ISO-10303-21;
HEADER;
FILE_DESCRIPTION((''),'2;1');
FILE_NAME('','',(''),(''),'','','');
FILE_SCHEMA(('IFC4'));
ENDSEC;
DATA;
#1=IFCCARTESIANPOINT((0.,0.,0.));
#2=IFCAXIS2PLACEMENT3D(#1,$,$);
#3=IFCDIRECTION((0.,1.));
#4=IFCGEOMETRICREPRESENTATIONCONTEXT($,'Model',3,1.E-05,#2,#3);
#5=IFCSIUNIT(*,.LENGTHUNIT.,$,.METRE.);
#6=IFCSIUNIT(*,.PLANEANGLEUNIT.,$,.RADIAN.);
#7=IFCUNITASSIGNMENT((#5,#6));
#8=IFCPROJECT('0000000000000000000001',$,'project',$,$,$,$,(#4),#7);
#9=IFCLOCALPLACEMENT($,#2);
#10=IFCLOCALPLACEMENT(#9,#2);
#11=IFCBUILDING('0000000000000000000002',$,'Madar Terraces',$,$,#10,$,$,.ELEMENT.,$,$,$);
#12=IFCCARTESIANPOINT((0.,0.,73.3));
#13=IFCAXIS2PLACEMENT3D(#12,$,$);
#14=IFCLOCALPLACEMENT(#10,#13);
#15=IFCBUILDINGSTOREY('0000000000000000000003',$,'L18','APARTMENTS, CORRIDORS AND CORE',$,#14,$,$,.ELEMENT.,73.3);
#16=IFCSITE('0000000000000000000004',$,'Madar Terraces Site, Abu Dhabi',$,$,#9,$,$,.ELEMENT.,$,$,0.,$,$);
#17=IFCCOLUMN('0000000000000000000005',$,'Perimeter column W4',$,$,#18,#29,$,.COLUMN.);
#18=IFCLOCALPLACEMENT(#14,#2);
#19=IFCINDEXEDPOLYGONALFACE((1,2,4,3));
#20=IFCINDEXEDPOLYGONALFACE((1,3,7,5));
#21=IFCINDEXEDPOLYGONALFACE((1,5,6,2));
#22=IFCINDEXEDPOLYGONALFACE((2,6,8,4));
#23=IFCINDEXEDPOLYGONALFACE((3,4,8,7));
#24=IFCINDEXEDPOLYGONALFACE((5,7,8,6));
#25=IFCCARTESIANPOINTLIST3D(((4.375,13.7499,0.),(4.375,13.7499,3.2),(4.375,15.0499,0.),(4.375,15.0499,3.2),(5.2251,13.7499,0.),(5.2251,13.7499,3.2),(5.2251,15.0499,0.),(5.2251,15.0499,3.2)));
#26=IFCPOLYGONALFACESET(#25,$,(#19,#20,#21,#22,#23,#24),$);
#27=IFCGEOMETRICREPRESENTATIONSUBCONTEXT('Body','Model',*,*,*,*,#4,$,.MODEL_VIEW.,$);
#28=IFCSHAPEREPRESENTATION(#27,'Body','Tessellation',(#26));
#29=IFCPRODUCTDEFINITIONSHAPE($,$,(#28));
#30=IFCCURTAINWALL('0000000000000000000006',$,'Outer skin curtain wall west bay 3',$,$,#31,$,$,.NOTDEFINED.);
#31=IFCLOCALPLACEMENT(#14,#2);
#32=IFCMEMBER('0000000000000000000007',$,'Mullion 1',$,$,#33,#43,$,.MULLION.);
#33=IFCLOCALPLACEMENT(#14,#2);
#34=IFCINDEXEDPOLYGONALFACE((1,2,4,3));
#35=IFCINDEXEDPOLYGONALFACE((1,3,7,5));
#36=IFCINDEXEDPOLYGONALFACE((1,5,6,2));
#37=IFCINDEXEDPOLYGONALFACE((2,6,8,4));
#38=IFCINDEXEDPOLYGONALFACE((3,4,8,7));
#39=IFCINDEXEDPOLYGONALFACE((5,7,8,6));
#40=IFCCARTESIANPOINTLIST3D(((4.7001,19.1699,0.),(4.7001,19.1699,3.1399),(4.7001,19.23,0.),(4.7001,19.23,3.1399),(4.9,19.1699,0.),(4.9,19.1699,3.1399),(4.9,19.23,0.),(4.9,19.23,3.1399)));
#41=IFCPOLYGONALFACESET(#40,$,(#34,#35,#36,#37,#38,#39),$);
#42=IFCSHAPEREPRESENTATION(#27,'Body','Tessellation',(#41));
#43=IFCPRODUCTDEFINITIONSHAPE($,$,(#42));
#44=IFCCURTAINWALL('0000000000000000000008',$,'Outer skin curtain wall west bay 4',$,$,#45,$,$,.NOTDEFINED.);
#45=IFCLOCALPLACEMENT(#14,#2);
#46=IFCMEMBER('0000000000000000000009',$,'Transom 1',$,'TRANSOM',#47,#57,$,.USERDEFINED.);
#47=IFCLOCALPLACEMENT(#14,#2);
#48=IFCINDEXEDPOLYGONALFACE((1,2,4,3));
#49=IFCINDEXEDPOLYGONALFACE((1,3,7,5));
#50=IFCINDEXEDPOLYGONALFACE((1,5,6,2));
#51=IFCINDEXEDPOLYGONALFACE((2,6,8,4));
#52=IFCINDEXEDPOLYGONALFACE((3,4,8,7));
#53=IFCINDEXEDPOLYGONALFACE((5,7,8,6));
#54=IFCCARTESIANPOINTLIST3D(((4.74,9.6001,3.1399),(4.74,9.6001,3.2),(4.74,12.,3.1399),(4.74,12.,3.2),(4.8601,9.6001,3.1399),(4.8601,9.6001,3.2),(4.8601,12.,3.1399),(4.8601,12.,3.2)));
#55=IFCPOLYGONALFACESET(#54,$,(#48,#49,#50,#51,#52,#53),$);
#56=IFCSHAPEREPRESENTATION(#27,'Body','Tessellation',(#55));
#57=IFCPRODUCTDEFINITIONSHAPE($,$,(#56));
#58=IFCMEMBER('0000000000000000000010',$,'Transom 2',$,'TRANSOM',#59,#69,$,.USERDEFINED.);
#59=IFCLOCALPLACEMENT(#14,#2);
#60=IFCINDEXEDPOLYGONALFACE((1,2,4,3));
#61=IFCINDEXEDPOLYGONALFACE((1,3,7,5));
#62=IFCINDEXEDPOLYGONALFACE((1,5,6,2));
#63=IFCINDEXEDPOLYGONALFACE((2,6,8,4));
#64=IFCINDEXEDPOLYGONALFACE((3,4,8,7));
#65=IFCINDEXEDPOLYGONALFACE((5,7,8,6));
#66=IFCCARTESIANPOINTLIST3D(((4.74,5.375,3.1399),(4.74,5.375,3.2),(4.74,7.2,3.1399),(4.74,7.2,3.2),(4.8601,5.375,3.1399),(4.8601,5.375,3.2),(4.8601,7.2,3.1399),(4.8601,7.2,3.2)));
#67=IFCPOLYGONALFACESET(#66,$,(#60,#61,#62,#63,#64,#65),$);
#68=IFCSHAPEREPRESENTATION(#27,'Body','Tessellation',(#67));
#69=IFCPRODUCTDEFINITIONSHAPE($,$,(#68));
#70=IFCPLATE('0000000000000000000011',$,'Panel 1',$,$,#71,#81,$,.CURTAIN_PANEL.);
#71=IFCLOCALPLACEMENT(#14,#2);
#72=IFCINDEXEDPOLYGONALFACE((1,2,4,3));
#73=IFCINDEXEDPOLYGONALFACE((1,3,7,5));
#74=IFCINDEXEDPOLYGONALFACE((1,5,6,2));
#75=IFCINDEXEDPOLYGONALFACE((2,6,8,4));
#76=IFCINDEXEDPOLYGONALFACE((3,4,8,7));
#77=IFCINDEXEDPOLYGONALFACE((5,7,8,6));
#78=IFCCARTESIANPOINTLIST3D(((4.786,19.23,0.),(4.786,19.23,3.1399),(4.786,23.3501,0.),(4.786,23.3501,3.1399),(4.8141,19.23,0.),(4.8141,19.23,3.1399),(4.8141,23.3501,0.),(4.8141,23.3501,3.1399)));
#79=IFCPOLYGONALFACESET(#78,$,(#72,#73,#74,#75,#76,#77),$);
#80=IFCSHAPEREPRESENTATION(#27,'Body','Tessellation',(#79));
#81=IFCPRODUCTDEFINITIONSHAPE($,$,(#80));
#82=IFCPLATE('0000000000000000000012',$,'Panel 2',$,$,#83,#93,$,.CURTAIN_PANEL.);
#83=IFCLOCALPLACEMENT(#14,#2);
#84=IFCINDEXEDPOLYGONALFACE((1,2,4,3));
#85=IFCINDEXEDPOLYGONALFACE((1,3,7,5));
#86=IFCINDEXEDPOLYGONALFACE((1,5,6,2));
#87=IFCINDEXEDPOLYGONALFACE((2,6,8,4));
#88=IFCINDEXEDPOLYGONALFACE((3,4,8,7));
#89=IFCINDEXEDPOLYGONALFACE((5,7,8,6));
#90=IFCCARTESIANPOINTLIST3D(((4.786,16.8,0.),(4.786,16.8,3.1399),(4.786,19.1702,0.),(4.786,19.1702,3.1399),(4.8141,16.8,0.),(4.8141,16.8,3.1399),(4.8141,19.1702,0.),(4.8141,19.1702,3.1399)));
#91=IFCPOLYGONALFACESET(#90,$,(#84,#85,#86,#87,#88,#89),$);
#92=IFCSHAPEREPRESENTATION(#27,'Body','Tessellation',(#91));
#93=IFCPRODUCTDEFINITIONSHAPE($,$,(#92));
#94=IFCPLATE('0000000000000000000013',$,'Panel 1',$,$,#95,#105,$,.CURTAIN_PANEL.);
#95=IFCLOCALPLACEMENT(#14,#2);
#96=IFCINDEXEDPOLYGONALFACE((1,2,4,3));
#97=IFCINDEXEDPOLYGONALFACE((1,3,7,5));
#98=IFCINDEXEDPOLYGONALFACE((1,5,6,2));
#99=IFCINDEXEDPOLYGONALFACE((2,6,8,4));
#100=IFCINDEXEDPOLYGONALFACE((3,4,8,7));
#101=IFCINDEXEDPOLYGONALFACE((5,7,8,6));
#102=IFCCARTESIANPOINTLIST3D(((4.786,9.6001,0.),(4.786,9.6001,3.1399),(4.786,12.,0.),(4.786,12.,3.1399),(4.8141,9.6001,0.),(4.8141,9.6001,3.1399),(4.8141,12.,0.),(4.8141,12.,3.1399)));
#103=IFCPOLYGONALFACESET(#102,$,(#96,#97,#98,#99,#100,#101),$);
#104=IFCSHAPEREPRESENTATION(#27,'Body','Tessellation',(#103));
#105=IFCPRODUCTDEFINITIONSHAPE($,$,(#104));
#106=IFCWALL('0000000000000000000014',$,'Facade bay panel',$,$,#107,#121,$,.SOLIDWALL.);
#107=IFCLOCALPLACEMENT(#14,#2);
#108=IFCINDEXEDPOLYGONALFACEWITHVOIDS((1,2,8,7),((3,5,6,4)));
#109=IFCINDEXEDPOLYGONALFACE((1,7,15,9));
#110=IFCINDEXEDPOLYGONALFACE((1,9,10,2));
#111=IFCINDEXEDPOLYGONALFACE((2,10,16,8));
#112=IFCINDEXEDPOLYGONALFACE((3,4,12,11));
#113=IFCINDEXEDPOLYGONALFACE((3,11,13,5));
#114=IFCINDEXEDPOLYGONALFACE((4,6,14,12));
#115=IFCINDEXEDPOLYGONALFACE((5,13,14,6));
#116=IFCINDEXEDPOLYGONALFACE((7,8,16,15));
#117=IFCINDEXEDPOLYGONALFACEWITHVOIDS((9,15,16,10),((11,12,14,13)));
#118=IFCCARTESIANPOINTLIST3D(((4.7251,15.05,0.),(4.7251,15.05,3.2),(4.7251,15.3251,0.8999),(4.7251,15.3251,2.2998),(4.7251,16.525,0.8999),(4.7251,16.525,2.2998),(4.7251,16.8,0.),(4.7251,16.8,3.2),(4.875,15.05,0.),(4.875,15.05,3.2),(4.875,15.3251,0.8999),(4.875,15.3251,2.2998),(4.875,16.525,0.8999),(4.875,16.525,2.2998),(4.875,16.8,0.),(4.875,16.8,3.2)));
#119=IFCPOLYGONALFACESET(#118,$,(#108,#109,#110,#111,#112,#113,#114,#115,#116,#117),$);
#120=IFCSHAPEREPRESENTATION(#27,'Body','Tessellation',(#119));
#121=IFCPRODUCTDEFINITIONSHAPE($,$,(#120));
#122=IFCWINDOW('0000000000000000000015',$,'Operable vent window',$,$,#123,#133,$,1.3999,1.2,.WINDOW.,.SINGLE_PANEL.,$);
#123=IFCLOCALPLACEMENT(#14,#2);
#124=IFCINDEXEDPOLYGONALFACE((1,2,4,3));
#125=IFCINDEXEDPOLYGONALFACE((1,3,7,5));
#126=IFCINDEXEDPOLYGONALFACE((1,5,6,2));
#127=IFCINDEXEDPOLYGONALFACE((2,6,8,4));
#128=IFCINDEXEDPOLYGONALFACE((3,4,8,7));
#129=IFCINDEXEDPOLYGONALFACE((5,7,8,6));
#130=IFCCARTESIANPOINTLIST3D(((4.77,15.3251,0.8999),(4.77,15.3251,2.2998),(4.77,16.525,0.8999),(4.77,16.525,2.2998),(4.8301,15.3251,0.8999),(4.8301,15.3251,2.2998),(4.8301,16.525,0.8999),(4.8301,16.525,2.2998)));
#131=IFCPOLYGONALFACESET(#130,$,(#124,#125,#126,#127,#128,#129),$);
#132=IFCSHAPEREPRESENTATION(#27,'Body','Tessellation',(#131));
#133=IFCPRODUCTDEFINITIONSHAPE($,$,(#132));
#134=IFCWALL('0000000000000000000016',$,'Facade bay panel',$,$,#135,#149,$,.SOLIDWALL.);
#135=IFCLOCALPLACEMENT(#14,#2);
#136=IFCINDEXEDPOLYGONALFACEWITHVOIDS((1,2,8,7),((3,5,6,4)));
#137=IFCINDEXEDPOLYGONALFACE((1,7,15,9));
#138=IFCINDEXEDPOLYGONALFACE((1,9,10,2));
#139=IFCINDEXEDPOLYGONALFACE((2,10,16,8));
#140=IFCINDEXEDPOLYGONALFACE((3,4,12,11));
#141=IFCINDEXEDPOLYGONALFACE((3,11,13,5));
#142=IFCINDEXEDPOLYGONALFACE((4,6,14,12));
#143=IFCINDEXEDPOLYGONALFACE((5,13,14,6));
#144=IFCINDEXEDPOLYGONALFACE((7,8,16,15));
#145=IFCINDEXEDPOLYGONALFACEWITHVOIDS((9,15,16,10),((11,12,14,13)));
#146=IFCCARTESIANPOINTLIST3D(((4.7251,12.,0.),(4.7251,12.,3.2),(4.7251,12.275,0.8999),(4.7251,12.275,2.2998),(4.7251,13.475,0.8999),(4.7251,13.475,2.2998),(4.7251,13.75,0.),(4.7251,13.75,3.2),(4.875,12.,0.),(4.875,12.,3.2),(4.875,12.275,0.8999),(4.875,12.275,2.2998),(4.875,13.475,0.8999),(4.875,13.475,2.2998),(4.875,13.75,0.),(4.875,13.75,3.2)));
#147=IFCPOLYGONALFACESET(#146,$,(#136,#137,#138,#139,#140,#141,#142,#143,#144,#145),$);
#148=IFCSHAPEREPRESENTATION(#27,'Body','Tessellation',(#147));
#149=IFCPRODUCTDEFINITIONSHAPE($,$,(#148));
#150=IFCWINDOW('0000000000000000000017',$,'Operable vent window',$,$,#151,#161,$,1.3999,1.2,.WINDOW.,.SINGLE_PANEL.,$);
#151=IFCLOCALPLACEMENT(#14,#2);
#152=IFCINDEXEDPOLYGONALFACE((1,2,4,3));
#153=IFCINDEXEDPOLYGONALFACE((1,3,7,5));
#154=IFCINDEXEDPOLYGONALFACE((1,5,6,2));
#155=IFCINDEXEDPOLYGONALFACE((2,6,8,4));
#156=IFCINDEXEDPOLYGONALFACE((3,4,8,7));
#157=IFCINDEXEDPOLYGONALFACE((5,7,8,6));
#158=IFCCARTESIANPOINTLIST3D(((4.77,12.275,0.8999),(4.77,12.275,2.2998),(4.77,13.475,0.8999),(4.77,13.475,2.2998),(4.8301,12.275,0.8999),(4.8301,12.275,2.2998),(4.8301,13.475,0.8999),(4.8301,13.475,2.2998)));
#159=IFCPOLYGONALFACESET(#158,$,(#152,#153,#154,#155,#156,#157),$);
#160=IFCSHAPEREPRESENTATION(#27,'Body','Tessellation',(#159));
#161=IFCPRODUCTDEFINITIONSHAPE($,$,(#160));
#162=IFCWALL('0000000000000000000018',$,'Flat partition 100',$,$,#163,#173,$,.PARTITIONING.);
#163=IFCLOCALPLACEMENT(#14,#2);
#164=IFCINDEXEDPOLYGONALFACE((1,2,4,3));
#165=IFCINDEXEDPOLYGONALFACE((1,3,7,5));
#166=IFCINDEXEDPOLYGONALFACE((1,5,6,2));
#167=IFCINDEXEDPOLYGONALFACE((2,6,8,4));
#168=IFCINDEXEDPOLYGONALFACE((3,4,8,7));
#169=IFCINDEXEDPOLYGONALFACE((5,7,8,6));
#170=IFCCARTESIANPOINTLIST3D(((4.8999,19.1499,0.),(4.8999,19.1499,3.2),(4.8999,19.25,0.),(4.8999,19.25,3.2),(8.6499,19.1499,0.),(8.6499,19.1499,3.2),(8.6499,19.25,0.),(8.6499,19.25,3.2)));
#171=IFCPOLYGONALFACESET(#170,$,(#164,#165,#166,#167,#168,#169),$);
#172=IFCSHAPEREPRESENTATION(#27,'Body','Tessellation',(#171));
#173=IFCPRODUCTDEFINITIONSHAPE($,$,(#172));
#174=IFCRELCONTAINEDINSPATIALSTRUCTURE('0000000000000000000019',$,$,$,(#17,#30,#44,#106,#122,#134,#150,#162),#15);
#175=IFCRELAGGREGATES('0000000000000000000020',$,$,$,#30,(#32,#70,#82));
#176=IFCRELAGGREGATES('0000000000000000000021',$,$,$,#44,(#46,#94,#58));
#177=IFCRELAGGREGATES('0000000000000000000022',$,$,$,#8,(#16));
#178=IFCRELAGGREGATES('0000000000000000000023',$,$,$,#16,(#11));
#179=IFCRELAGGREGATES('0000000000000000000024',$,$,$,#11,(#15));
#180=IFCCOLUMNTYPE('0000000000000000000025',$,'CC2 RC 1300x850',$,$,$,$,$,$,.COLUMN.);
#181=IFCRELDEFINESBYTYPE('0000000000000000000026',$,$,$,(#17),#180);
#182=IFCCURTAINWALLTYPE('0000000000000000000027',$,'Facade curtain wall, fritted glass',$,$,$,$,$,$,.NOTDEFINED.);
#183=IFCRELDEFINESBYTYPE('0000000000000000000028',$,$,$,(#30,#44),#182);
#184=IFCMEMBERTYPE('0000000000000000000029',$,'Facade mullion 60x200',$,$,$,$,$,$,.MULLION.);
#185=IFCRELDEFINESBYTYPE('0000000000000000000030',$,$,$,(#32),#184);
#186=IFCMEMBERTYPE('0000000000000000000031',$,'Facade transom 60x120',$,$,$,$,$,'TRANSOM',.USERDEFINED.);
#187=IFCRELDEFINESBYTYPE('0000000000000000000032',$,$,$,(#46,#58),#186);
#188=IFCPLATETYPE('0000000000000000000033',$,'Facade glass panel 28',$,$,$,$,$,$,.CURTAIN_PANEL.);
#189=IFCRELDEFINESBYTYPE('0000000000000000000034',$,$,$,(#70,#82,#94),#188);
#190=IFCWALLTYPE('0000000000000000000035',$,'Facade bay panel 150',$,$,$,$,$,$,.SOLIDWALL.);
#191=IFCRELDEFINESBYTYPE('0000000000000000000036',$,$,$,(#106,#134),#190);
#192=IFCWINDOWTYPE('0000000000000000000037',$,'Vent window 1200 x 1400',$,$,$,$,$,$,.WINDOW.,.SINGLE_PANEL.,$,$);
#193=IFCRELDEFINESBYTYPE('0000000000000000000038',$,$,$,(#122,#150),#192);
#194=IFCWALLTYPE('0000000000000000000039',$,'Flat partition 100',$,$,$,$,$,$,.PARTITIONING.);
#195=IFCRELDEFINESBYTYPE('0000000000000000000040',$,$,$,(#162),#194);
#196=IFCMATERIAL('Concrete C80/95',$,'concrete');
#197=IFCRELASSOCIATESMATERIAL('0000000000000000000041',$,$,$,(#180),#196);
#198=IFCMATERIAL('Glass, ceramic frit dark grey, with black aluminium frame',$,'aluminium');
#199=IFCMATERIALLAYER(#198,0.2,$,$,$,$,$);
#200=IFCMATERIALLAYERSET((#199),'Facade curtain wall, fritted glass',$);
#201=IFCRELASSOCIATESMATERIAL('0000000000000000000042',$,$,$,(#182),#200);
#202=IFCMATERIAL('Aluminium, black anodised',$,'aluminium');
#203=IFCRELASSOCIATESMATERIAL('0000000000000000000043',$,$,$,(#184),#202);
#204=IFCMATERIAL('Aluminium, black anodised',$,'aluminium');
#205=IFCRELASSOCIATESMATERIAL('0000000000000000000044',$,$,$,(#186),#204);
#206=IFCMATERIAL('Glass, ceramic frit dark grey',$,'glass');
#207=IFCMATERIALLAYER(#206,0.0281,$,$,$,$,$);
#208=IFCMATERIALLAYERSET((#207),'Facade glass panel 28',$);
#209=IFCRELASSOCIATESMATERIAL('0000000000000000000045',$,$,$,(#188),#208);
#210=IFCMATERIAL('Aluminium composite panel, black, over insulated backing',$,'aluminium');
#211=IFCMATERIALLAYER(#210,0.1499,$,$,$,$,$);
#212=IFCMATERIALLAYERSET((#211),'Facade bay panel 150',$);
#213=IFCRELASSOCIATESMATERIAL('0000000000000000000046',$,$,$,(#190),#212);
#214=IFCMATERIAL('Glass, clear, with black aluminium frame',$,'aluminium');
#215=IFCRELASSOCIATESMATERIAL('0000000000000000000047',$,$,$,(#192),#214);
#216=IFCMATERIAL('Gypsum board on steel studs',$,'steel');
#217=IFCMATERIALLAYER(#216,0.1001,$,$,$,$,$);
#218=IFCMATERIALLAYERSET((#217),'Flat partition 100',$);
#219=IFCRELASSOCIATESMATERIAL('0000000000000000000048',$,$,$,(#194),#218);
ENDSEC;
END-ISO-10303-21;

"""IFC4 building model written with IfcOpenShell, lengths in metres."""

from ifc_helpers import new_model, si_unit, direction, frame, frame_2d, origin, origin_2d, place, context, subcontext, project, spatial, rectangle, extrude, material, layer, layer_set, material_profile, profile_set, type_object, element, fill, aggregate, save


model = new_model("IFC4")

# Units and contexts
model_context = context("Model", 3, precision=1e-05, world=origin(), true_north=direction((0.0, 1.0)))
body_context = subcontext(model_context, "Body", "Model", "MODEL_VIEW")
ifc_project = project(units=[si_unit("LENGTHUNIT", "METRE"), si_unit("PLANEANGLEUNIT", "RADIAN")], contexts=[model_context])

# Site, building, storey
site_placement = place(None, origin())
site = spatial("IfcSite", under=ifc_project, at=site_placement, Name="Madar Terraces Site, Abu Dhabi", CompositionType="ELEMENT", RefElevation=0.0)
building_placement = place(site_placement, origin())
building = spatial("IfcBuilding", under=site, at=building_placement, Name="Madar Terraces", CompositionType="ELEMENT")
storey_placement = place(building_placement, frame((0.0, 0.0, 73.3)))
storey = spatial("IfcBuildingStorey", under=building, at=storey_placement, Name="L18", Description="APARTMENTS, CORRIDORS AND CORE", CompositionType="ELEMENT", Elevation=73.3)

# Column
ifc_material_1 = material(Name="Concrete C80/95", Category="concrete")
ifc_material_profile_1 = material_profile(ifc_material_1, rectangle(XDim=1.3, YDim=0.8501, at=origin_2d()), Name="CC2 RC 1300x850")
ifc_profile_set_1 = profile_set([ifc_material_profile_1], Name="Concrete C80/95")
column_type = type_object("IfcColumnType", Name="CC2 RC 1300x850", PredefinedType="COLUMN", material=ifc_profile_set_1)
column_placement = place(storey_placement, frame((4.8, 14.3999, 0.0), z_axis=(0.0, 0.0, 1.0), x_axis=(0.0, 1.0, 0.0)))
element("IfcColumn", 1, at=column_placement, inside=storey, type_object=column_type, Name="Perimeter column W4", PredefinedType="COLUMN", context=body_context, shape_type="SweptSolid", body=[
    extrude(rectangle(XDim=1.3, YDim=0.8501, at=origin_2d()), origin(), (0.0, 0.0, 1.0), 3.2),
])

# Curtain wall, member
ifc_material_2 = material(Name="Glass, ceramic frit dark grey, with black aluminium frame", Category="aluminium")
ifc_layer_1 = layer(ifc_material_2, 0.2)
ifc_layer_set_1 = layer_set([ifc_layer_1], Name="Facade curtain wall, fritted glass")
curtain_wall_type = type_object("IfcCurtainWallType", Name="Facade curtain wall, fritted glass", PredefinedType="NOTDEFINED", material=ifc_layer_set_1)
curtain_wall_1_placement = place(storey_placement, origin())
curtain_wall_1 = element("IfcCurtainWall", 2, at=curtain_wall_1_placement, inside=storey, type_object=curtain_wall_type, Name="Outer skin curtain wall west bay 3", PredefinedType="NOTDEFINED")
ifc_material_3 = material(Name="Aluminium, black anodised", Category="aluminium")
ifc_material_profile_2 = material_profile(ifc_material_3, rectangle(XDim=0.2, YDim=0.0601, at=origin_2d()), Name="Facade mullion 60x200")
ifc_profile_set_2 = profile_set([ifc_material_profile_2], Name="Aluminium, black anodised")
member_type_1 = type_object("IfcMemberType", Name="Facade mullion 60x200", PredefinedType="MULLION", material=ifc_profile_set_2)
member_1_placement = place(storey_placement, frame((4.8, 19.2, 0.0), z_axis=(0.0, 0.0, 1.0), x_axis=(1.0, 0.0, 0.0)))
member_1 = element("IfcMember", 3, at=member_1_placement, type_object=member_type_1, Name="Mullion 1", PredefinedType="MULLION", context=body_context, shape_type="SweptSolid", body=[
    extrude(rectangle(XDim=0.2, YDim=0.0601, at=origin_2d()), origin(), (0.0, 0.0, 1.0), 3.1399),
])

# Curtain wall, members
curtain_wall_2_placement = place(storey_placement, origin())
curtain_wall_2 = element("IfcCurtainWall", 4, at=curtain_wall_2_placement, inside=storey, type_object=curtain_wall_type, Name="Outer skin curtain wall west bay 4", PredefinedType="NOTDEFINED")
ifc_material_4 = material(Name="Aluminium, black anodised", Category="aluminium")
ifc_material_profile_3 = material_profile(ifc_material_4, rectangle(XDim=0.1201, YDim=0.0601, at=origin_2d()), Name="Facade transom 60x120")
ifc_profile_set_3 = profile_set([ifc_material_profile_3], Name="Aluminium, black anodised")
member_type_2 = type_object("IfcMemberType", Name="Facade transom 60x120", ElementType="TRANSOM", PredefinedType="USERDEFINED", material=ifc_profile_set_3)
member_2_placement = place(storey_placement, frame((4.8, 12.0, 3.1699), z_axis=(0.0, -1.0, 0.0), x_axis=(1.0, 0.0, 0.0)))
member_2 = element("IfcMember", 5, at=member_2_placement, type_object=member_type_2, Name="Transom 1", ObjectType="TRANSOM", PredefinedType="USERDEFINED", context=body_context, shape_type="SweptSolid", body=[
    extrude(rectangle(XDim=0.1201, YDim=0.0601, at=origin_2d()), origin(), (0.0, 0.0, 1.0), 2.3999),
])
member_3_placement = place(storey_placement, frame((4.8, 7.2, 3.1699), z_axis=(0.0, -1.0, 0.0), x_axis=(1.0, 0.0, 0.0)))
member_3 = element("IfcMember", 6, at=member_3_placement, type_object=member_type_2, Name="Transom 2", ObjectType="TRANSOM", PredefinedType="USERDEFINED", context=body_context, shape_type="SweptSolid", body=[
    extrude(rectangle(XDim=0.1201, YDim=0.0601, at=origin_2d()), origin(), (0.0, 0.0, 1.0), 1.825),
])

# Plates
ifc_material_5 = material(Name="Glass, ceramic frit dark grey", Category="glass")
ifc_layer_2 = layer(ifc_material_5, 0.0281)
ifc_layer_set_2 = layer_set([ifc_layer_2], Name="Facade glass panel 28")
plate_type = type_object("IfcPlateType", Name="Facade glass panel 28", PredefinedType="CURTAIN_PANEL", material=ifc_layer_set_2)
plate_1_placement = place(storey_placement, frame((4.8, 21.29, 0.0), z_axis=(0.0, 0.0, 1.0), x_axis=(0.0, -1.0, 0.0)))
plate_1 = element("IfcPlate", 7, at=plate_1_placement, type_object=plate_type, Name="Panel 1", PredefinedType="CURTAIN_PANEL", context=body_context, shape_type="SweptSolid", body=[
    extrude(rectangle(XDim=4.1201, YDim=0.0281, at=origin_2d()), origin(), (0.0, 0.0, 1.0), 3.1399),
])
plate_2_placement = place(storey_placement, frame((4.8, 17.9851, 0.0), z_axis=(0.0, 0.0, 1.0), x_axis=(0.0, -1.0, 0.0)))
plate_2 = element("IfcPlate", 8, at=plate_2_placement, type_object=plate_type, Name="Panel 2", PredefinedType="CURTAIN_PANEL", context=body_context, shape_type="SweptSolid", body=[
    extrude(rectangle(XDim=2.3701, YDim=0.0281, at=origin_2d()), origin(), (0.0, 0.0, 1.0), 3.1399),
])
aggregate(curtain_wall_1, [member_1, plate_1, plate_2])
plate_3_placement = place(storey_placement, frame((4.8, 10.8, 0.0), z_axis=(0.0, 0.0, 1.0), x_axis=(0.0, -1.0, 0.0)))
plate_3 = element("IfcPlate", 9, at=plate_3_placement, type_object=plate_type, Name="Panel 1", PredefinedType="CURTAIN_PANEL", context=body_context, shape_type="SweptSolid", body=[
    extrude(rectangle(XDim=2.3999, YDim=0.0281, at=origin_2d()), origin(), (0.0, 0.0, 1.0), 3.1399),
])
aggregate(curtain_wall_2, [member_2, plate_3, member_3])

# Walls, openings, windows
ifc_material_6 = material(Name="Aluminium composite panel, black, over insulated backing", Category="aluminium")
ifc_layer_3 = layer(ifc_material_6, 0.1499)
ifc_layer_set_3 = layer_set([ifc_layer_3], Name="Facade bay panel 150")
wall_type_1 = type_object("IfcWallType", Name="Facade bay panel 150", PredefinedType="SOLIDWALL", material=ifc_layer_set_3)
wall_1_placement = place(storey_placement, frame((4.8, 16.8, 0.0), z_axis=(0.0, 0.0, 1.0), x_axis=(0.0, -1.0, 0.0)))
wall_1 = element("IfcWall", 10, at=wall_1_placement, inside=storey, type_object=wall_type_1, Name="Facade bay panel", PredefinedType="SOLIDWALL", context=body_context, shape_type="SweptSolid", body=[
    extrude(rectangle(XDim=1.75, YDim=0.1499, at=frame_2d((0.875, 0.0))), origin(), (0.0, 0.0, 1.0), 3.2),
])
opening_1_placement = place(wall_1_placement, frame((0.2749, 0.0, 0.8999)))
opening_1 = element("IfcOpeningElement", 11, at=opening_1_placement, cuts=wall_1, PredefinedType="OPENING", context=body_context, shape_type="SweptSolid", body=[
    extrude(rectangle(XDim=1.2, YDim=1.3999, at=frame_2d((0.6001, 0.7))), frame((0.0, 0.085, 0.0), z_axis=(0.0, -1.0, 0.0), x_axis=(1.0, 0.0, 0.0)), (0.0, 0.0, 1.0), 0.1699),
])
ifc_material_7 = material(Name="Glass, clear, with black aluminium frame", Category="aluminium")
window_type = type_object("IfcWindowType", Name="Vent window 1200 x 1400", PartitioningType="SINGLE_PANEL", PredefinedType="WINDOW", material=ifc_material_7)
window_1_placement = place(opening_1_placement, origin())
window_1 = element("IfcWindow", 12, at=window_1_placement, inside=storey, type_object=window_type, Name="Operable vent window", OverallHeight=1.3999, OverallWidth=1.2, PartitioningType="SINGLE_PANEL", PredefinedType="WINDOW", context=body_context, shape_type="SweptSolid", body=[
    extrude(rectangle(XDim=1.2, YDim=1.3999, at=frame_2d((0.6001, 0.7))), frame((0.0, 0.03, 0.0), z_axis=(0.0, -1.0, 0.0), x_axis=(1.0, 0.0, 0.0)), (0.0, 0.0, 1.0), 0.0601),
])
fill(opening_1, window_1)
wall_2_placement = place(storey_placement, frame((4.8, 13.75, 0.0), z_axis=(0.0, 0.0, 1.0), x_axis=(0.0, -1.0, 0.0)))
wall_2 = element("IfcWall", 13, at=wall_2_placement, inside=storey, type_object=wall_type_1, Name="Facade bay panel", PredefinedType="SOLIDWALL", context=body_context, shape_type="SweptSolid", body=[
    extrude(rectangle(XDim=1.75, YDim=0.1499, at=frame_2d((0.875, 0.0))), origin(), (0.0, 0.0, 1.0), 3.2),
])
opening_2_placement = place(wall_2_placement, frame((0.2749, 0.0, 0.8999)))
opening_2 = element("IfcOpeningElement", 14, at=opening_2_placement, cuts=wall_2, PredefinedType="OPENING", context=body_context, shape_type="SweptSolid", body=[
    extrude(rectangle(XDim=1.2, YDim=1.3999, at=frame_2d((0.6001, 0.7))), frame((0.0, 0.085, 0.0), z_axis=(0.0, -1.0, 0.0), x_axis=(1.0, 0.0, 0.0)), (0.0, 0.0, 1.0), 0.1699),
])
window_2_placement = place(opening_2_placement, origin())
window_2 = element("IfcWindow", 15, at=window_2_placement, inside=storey, type_object=window_type, Name="Operable vent window", OverallHeight=1.3999, OverallWidth=1.2, PartitioningType="SINGLE_PANEL", PredefinedType="WINDOW", context=body_context, shape_type="SweptSolid", body=[
    extrude(rectangle(XDim=1.2, YDim=1.3999, at=frame_2d((0.6001, 0.7))), frame((0.0, 0.03, 0.0), z_axis=(0.0, -1.0, 0.0), x_axis=(1.0, 0.0, 0.0)), (0.0, 0.0, 1.0), 0.0601),
])
fill(opening_2, window_2)

# Wall
ifc_material_8 = material(Name="Gypsum board on steel studs", Category="steel")
ifc_layer_4 = layer(ifc_material_8, 0.1001)
ifc_layer_set_4 = layer_set([ifc_layer_4], Name="Flat partition 100")
wall_type_2 = type_object("IfcWallType", Name="Flat partition 100", PredefinedType="PARTITIONING", material=ifc_layer_set_4)
wall_3_placement = place(storey_placement, frame((8.6499, 19.2, 0.0), z_axis=(0.0, 0.0, 1.0), x_axis=(-1.0, 0.0, 0.0)))
element("IfcWall", 16, at=wall_3_placement, inside=storey, type_object=wall_type_2, Name="Flat partition 100", PredefinedType="PARTITIONING", context=body_context, shape_type="SweptSolid", body=[
    extrude(rectangle(XDim=3.75, YDim=0.1001, at=frame_2d((1.875, 0.0))), origin(), (0.0, 0.0, 1.0), 3.2),
])

save(model, "model.ifc")
